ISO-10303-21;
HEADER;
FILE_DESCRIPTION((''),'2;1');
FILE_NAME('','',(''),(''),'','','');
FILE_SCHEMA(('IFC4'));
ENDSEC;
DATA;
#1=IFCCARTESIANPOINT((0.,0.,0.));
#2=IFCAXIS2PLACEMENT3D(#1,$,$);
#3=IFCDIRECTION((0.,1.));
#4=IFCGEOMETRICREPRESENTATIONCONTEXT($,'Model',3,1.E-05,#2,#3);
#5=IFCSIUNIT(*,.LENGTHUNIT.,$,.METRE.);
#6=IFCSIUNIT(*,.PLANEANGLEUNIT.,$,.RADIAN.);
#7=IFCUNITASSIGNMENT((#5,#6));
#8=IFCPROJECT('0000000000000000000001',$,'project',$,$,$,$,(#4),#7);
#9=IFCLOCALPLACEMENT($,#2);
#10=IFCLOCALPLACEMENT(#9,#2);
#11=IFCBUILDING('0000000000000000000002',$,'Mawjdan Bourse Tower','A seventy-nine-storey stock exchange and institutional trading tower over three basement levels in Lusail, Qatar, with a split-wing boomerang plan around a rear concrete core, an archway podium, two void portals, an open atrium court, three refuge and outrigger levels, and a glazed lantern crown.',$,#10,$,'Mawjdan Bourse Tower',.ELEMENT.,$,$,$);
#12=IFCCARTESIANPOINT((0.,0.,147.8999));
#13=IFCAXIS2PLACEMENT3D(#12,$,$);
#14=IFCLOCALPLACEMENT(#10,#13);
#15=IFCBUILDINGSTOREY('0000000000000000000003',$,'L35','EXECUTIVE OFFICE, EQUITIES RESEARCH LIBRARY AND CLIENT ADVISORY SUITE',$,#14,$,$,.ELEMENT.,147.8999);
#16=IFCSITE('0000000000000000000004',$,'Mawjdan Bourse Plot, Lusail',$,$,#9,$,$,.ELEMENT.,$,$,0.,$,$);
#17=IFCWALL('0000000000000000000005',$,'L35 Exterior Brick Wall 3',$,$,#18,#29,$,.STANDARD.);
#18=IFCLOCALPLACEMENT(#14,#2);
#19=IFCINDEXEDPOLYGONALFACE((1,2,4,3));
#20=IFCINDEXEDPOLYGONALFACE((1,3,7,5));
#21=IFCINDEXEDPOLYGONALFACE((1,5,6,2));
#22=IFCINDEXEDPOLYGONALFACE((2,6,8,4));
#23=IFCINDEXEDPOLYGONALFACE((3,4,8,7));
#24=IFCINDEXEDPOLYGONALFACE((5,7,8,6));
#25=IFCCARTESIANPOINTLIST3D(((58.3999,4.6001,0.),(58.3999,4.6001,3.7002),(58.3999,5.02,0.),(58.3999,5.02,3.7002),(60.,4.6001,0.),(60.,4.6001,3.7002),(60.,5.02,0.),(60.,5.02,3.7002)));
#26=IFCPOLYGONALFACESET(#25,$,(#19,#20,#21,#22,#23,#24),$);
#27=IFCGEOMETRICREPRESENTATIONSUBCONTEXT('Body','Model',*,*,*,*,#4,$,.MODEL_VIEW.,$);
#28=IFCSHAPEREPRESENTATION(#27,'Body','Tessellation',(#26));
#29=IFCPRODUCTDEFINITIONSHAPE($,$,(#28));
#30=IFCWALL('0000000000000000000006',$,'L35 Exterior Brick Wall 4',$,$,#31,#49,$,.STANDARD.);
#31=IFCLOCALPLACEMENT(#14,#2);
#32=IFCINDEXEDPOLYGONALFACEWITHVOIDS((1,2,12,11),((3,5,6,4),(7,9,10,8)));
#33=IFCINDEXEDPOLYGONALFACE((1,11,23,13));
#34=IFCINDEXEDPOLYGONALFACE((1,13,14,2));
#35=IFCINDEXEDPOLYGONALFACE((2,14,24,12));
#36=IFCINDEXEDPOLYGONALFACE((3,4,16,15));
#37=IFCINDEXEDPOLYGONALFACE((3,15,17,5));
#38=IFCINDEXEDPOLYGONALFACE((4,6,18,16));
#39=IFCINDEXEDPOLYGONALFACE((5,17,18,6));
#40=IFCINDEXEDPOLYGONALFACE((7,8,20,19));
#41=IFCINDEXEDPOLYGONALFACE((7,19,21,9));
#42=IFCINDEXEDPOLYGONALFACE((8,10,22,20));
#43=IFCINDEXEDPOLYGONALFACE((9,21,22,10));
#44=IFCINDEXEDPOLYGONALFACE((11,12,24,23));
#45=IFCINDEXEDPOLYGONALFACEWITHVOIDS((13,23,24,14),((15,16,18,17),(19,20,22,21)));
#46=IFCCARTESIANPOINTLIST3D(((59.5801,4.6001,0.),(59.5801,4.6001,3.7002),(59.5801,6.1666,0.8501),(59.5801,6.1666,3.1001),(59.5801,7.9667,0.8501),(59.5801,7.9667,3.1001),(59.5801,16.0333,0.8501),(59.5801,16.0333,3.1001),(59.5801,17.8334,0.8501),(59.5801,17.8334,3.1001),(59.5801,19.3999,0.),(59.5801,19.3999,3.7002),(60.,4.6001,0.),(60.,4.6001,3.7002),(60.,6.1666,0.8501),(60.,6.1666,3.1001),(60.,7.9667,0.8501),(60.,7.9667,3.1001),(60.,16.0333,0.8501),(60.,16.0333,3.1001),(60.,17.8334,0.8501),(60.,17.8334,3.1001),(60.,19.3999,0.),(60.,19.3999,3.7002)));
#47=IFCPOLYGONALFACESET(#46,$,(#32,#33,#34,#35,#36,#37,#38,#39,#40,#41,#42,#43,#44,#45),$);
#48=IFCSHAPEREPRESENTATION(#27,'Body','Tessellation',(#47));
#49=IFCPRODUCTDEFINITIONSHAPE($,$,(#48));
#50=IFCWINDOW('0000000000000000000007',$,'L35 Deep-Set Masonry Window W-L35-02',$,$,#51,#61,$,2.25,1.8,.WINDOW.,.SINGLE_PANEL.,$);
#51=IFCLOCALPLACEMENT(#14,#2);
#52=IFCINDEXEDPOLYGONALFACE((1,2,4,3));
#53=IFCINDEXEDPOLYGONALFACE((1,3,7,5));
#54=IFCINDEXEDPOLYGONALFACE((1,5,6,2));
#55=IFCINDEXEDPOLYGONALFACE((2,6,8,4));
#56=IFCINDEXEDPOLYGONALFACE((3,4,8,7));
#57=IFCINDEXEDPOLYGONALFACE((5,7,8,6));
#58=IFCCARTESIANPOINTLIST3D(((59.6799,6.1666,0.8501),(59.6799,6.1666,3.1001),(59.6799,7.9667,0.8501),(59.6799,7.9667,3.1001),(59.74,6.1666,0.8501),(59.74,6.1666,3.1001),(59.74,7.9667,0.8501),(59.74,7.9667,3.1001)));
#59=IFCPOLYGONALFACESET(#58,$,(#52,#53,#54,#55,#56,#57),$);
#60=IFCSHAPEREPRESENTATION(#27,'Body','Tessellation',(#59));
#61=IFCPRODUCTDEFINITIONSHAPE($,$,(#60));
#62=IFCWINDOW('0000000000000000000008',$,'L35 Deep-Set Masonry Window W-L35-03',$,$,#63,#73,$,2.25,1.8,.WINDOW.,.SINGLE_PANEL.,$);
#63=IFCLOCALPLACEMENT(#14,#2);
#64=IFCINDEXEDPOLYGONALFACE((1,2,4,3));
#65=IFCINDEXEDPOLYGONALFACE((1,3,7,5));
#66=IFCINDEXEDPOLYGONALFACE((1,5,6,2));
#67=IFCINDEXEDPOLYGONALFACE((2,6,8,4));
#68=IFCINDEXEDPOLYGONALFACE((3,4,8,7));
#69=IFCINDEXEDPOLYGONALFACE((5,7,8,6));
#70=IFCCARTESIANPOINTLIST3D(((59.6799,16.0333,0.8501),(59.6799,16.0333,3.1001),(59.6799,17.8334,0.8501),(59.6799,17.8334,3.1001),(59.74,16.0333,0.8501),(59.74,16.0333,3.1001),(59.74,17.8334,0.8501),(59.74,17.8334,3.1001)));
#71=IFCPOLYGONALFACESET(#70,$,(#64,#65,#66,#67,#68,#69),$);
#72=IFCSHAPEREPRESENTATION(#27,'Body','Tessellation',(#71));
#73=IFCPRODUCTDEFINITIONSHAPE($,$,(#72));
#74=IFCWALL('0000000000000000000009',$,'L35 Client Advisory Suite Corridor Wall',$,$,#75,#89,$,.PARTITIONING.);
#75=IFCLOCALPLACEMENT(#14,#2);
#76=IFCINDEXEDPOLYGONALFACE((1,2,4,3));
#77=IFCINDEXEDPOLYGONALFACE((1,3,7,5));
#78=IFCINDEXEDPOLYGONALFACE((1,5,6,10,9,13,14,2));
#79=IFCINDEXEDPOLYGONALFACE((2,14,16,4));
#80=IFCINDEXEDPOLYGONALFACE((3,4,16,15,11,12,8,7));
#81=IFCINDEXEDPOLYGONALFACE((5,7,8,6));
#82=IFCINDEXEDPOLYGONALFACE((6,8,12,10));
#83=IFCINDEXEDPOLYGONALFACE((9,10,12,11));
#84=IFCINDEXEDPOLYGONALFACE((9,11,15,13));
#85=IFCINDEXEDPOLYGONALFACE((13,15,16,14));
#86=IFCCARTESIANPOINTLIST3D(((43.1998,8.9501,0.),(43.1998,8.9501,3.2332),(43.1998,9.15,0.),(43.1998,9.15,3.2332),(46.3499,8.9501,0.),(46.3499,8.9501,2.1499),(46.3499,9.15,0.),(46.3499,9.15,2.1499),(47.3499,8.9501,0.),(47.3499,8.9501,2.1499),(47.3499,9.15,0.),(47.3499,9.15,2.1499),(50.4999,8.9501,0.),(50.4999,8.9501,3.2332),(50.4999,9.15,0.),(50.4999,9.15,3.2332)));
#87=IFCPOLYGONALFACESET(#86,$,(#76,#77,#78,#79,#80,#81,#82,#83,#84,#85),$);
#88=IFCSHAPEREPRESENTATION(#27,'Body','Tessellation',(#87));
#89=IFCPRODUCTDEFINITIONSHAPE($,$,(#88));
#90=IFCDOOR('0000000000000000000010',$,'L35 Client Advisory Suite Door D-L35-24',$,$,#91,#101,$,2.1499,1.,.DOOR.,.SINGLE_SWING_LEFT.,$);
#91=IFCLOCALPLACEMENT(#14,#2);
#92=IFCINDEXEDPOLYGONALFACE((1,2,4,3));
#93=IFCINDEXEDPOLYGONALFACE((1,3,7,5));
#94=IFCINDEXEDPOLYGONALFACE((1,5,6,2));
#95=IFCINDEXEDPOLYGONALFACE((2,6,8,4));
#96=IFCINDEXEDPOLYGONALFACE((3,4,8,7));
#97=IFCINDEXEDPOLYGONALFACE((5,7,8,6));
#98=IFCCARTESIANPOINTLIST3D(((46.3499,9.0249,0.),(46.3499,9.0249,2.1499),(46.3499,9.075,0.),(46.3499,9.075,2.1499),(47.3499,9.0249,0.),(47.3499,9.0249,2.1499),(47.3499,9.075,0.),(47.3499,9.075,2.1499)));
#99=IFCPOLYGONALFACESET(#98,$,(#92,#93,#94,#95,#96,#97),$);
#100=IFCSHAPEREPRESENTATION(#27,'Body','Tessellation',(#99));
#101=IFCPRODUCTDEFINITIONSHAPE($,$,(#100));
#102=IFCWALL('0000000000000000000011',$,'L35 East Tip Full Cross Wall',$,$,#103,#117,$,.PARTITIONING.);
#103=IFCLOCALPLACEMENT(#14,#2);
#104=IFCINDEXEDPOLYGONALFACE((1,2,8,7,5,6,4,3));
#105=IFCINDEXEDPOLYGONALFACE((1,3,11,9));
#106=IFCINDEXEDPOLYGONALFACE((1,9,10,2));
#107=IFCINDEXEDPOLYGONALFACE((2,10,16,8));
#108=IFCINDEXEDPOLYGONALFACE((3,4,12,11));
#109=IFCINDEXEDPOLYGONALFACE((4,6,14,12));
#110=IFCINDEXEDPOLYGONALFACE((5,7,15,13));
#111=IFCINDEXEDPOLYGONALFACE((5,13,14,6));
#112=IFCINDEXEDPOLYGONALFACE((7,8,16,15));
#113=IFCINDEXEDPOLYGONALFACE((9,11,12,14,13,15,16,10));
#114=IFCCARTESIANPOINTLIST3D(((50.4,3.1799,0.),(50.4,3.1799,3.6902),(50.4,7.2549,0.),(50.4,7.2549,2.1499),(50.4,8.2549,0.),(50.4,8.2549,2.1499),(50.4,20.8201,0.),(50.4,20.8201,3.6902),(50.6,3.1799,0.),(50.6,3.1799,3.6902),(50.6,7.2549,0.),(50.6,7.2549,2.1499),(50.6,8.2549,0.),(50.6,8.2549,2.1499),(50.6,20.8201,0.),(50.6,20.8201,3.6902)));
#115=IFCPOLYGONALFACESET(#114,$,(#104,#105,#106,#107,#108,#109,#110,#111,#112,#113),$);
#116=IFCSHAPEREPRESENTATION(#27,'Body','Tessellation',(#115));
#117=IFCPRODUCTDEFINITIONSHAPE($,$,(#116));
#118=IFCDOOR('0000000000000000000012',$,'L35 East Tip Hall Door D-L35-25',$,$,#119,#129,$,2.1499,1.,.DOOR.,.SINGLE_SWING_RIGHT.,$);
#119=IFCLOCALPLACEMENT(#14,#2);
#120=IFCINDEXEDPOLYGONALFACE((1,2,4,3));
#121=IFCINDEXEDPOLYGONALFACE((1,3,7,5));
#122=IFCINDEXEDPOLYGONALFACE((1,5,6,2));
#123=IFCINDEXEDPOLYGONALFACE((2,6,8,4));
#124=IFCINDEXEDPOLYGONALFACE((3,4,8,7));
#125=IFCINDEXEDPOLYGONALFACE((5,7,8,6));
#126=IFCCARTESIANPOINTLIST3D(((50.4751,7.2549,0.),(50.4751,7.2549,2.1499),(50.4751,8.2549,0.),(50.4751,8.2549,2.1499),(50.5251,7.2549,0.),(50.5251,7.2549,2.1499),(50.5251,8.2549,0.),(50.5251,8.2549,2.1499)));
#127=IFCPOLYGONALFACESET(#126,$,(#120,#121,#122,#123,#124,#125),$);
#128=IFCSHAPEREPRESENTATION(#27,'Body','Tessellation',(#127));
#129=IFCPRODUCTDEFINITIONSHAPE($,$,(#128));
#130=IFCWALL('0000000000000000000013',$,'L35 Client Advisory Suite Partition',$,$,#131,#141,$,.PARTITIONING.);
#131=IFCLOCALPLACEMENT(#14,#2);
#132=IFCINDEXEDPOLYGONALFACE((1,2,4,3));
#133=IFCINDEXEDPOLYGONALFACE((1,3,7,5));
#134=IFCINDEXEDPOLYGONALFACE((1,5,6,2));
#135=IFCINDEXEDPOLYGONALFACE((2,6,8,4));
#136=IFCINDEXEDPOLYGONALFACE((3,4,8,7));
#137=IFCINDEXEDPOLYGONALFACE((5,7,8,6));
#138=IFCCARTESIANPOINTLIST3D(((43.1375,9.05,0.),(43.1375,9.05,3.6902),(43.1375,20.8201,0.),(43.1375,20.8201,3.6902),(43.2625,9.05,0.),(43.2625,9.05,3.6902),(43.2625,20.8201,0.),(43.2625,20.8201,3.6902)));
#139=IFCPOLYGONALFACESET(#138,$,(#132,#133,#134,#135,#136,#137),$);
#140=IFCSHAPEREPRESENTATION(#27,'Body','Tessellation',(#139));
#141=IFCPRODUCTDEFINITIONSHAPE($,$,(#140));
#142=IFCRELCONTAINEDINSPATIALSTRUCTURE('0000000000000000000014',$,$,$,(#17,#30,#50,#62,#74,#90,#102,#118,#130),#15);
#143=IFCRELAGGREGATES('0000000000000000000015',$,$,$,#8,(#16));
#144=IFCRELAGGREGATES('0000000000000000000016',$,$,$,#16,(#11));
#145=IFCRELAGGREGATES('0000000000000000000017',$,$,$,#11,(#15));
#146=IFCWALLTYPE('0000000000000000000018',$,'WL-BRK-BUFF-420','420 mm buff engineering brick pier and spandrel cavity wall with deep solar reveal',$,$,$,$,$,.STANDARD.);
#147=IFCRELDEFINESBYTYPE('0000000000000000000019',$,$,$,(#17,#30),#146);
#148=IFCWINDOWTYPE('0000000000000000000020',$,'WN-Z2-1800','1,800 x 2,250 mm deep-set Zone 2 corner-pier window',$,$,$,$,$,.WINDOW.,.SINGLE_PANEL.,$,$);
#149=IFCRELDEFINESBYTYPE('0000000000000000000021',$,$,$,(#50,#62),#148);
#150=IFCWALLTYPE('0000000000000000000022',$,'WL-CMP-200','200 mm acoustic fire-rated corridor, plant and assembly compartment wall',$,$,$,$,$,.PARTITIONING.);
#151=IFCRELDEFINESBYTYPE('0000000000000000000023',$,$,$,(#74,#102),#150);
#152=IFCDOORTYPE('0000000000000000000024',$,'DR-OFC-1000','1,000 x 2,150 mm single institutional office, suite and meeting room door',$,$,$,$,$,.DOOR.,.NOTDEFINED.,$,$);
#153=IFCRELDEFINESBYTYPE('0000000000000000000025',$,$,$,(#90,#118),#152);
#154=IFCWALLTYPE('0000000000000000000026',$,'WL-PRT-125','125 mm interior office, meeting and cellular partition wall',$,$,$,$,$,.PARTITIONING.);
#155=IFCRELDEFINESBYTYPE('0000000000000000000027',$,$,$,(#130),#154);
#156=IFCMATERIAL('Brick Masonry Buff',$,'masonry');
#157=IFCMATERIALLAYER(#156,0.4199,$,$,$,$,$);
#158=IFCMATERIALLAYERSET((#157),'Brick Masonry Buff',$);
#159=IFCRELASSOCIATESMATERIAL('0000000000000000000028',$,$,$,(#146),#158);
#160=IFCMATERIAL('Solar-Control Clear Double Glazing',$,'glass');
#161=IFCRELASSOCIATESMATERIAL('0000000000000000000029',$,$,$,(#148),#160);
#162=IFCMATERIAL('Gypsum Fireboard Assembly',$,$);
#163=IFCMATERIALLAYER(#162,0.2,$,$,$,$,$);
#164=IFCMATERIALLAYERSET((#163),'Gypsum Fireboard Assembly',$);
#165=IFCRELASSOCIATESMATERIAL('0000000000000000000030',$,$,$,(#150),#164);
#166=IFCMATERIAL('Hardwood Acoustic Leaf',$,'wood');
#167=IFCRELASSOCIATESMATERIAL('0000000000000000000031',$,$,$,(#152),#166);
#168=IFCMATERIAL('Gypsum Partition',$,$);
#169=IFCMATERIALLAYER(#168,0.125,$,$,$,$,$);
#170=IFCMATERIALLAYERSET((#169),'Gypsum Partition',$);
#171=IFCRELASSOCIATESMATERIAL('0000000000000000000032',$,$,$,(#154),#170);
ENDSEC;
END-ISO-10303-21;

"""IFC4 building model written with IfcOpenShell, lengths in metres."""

from ifc_helpers import new_model, si_unit, direction, frame, frame_2d, origin, place, context, subcontext, project, spatial, rectangle, extrude, material, layer, layer_set, type_object, element, fill, save


model = new_model("IFC4")

# Units and contexts
model_context = context("Model", 3, precision=1e-05, world=origin(), true_north=direction((0.0, 1.0)))
body_context = subcontext(model_context, "Body", "Model", "MODEL_VIEW")
ifc_project = project(units=[si_unit("LENGTHUNIT", "METRE"), si_unit("PLANEANGLEUNIT", "RADIAN")], contexts=[model_context])

# Site, building, storey
site_placement = place(None, origin())
site = spatial("IfcSite", under=ifc_project, at=site_placement, Name="Mawjdan Bourse Plot, Lusail", CompositionType="ELEMENT", RefElevation=0.0)
building_placement = place(site_placement, origin())
building = spatial("IfcBuilding", under=site, at=building_placement, Name="Mawjdan Bourse Tower", Description="A seventy-nine-storey stock exchange and institutional trading tower over three basement levels in Lusail, Qatar, with a split-wing boomerang plan around a rear concrete core, an archway podium, two void portals, an open atrium court, three refuge and outrigger levels, and a glazed lantern crown.", LongName="Mawjdan Bourse Tower", CompositionType="ELEMENT")
storey_placement = place(building_placement, frame((0.0, 0.0, 147.8999)))
storey = spatial("IfcBuildingStorey", under=building, at=storey_placement, Name="L35", Description="EXECUTIVE OFFICE, EQUITIES RESEARCH LIBRARY AND CLIENT ADVISORY SUITE", CompositionType="ELEMENT", Elevation=147.8999)

# Wall
ifc_material_1 = material(Name="Brick Masonry Buff", Category="masonry")
ifc_layer_1 = layer(ifc_material_1, 0.4199)
ifc_layer_set_1 = layer_set([ifc_layer_1], Name="Brick Masonry Buff")
wall_type_1 = type_object("IfcWallType", Name="WL-BRK-BUFF-420", Description="420 mm buff engineering brick pier and spandrel cavity wall with deep solar reveal", PredefinedType="STANDARD", material=ifc_layer_set_1)
for number, where, z_axis, x_axis, name in (
    (1, (58.3999, 4.8101, 0.0), (0.0, 0.0, 1.0), (1.0, 0.0, 0.0), "L35 Exterior Brick Wall 3"),
):
    element("IfcWall", number, at=place(storey_placement, frame(where, z_axis=z_axis, x_axis=x_axis)), inside=storey, type_object=wall_type_1, Name=name, PredefinedType="STANDARD", context=body_context, shape_type="SweptSolid", body=[
        extrude(rectangle(XDim=1.6001, YDim=0.4199, at=frame_2d((0.8, 0.0))), origin(), (0.0, 0.0, 1.0), 3.7002),
    ])

# Wall, openings, windows
wall_1_placement = place(storey_placement, frame((59.79, 4.6001, 0.0), z_axis=(0.0, 0.0, 1.0), x_axis=(0.0, 1.0, 0.0)))
wall_1 = element("IfcWall", 2, at=wall_1_placement, inside=storey, type_object=wall_type_1, Name="L35 Exterior Brick Wall 4", PredefinedType="STANDARD", context=body_context, shape_type="SweptSolid", body=[
    extrude(rectangle(XDim=14.7998, YDim=0.4199, at=frame_2d((7.3999, 0.0))), origin(), (0.0, 0.0, 1.0), 3.7002),
])
opening_1_placement = place(wall_1_placement, frame((1.5667, 0.0, 0.8501)))
opening_1 = element("IfcOpeningElement", 3, at=opening_1_placement, cuts=wall_1, PredefinedType="OPENING", context=body_context, shape_type="SweptSolid", body=[
    extrude(rectangle(XDim=1.8, YDim=2.25, at=frame_2d((0.8999, 1.125))), frame((0.0, 0.22, 0.0), z_axis=(0.0, -1.0, 0.0), x_axis=(1.0, 0.0, 0.0)), (0.0, 0.0, 1.0), 0.4399),
])
opening_2_placement = place(wall_1_placement, frame((11.4333, 0.0, 0.8501)))
opening_2 = element("IfcOpeningElement", 4, at=opening_2_placement, cuts=wall_1, PredefinedType="OPENING", context=body_context, shape_type="SweptSolid", body=[
    extrude(rectangle(XDim=1.8, YDim=2.25, at=frame_2d((0.8999, 1.125))), frame((0.0, 0.22, 0.0), z_axis=(0.0, -1.0, 0.0), x_axis=(1.0, 0.0, 0.0)), (0.0, 0.0, 1.0), 0.4399),
])
ifc_material_2 = material(Name="Solar-Control Clear Double Glazing", Category="glass")
window_type = type_object("IfcWindowType", Name="WN-Z2-1800", Description="1,800 x 2,250 mm deep-set Zone 2 corner-pier window", PartitioningType="SINGLE_PANEL", PredefinedType="WINDOW", material=ifc_material_2)
window_1_placement = place(opening_1_placement, origin())
window_1 = element("IfcWindow", 5, at=window_1_placement, inside=storey, type_object=window_type, Name="L35 Deep-Set Masonry Window W-L35-02", OverallHeight=2.25, OverallWidth=1.8, PartitioningType="SINGLE_PANEL", PredefinedType="WINDOW", context=body_context, shape_type="SweptSolid", body=[
    extrude(rectangle(XDim=1.8, YDim=2.25, at=frame_2d((0.8999, 1.125))), frame((0.0, 0.1101, 0.0), z_axis=(0.0, -1.0, 0.0), x_axis=(1.0, 0.0, 0.0)), (0.0, 0.0, 1.0), 0.0601),
])
fill(opening_1, window_1)
window_2_placement = place(opening_2_placement, origin())
window_2 = element("IfcWindow", 6, at=window_2_placement, inside=storey, type_object=window_type, Name="L35 Deep-Set Masonry Window W-L35-03", OverallHeight=2.25, OverallWidth=1.8, PartitioningType="SINGLE_PANEL", PredefinedType="WINDOW", context=body_context, shape_type="SweptSolid", body=[
    extrude(rectangle(XDim=1.8, YDim=2.25, at=frame_2d((0.8999, 1.125))), frame((0.0, 0.1101, 0.0), z_axis=(0.0, -1.0, 0.0), x_axis=(1.0, 0.0, 0.0)), (0.0, 0.0, 1.0), 0.0601),
])
fill(opening_2, window_2)

# Walls, openings, doors
ifc_material_3 = material(Name="Gypsum Fireboard Assembly")
ifc_layer_2 = layer(ifc_material_3, 0.2)
ifc_layer_set_2 = layer_set([ifc_layer_2], Name="Gypsum Fireboard Assembly")
wall_type_2 = type_object("IfcWallType", Name="WL-CMP-200", Description="200 mm acoustic fire-rated corridor, plant and assembly compartment wall", PredefinedType="PARTITIONING", material=ifc_layer_set_2)
wall_2_placement = place(storey_placement, frame((43.2, 9.05, 0.0), z_axis=(0.0, 0.0, 1.0), x_axis=(1.0, 0.0, 0.0)))
wall_2 = element("IfcWall", 7, at=wall_2_placement, inside=storey, type_object=wall_type_2, Name="L35 Client Advisory Suite Corridor Wall", PredefinedType="PARTITIONING", context=body_context, shape_type="SweptSolid", body=[
    extrude(rectangle(XDim=7.3, YDim=0.2, at=frame_2d((3.6499, 0.0))), origin(), (0.0, 0.0, 1.0), 3.2332),
])
opening_3_placement = place(wall_2_placement, frame((3.1499, 0.0, 0.0)))
opening_3 = element("IfcOpeningElement", 8, at=opening_3_placement, cuts=wall_2, PredefinedType="OPENING", context=body_context, shape_type="SweptSolid", body=[
    extrude(rectangle(XDim=1.0, YDim=2.1499, at=frame_2d((0.5, 1.075))), frame((0.0, 0.1099, 0.0), z_axis=(0.0, -1.0, 0.0), x_axis=(1.0, 0.0, 0.0)), (0.0, 0.0, 1.0), 0.22),
])
ifc_material_4 = material(Name="Hardwood Acoustic Leaf", Category="wood")
door_type = type_object("IfcDoorType", Name="DR-OFC-1000", Description="1,000 x 2,150 mm single institutional office, suite and meeting room door", OperationType="NOTDEFINED", PredefinedType="DOOR", material=ifc_material_4)
door_1_placement = place(opening_3_placement, origin())
door_1 = element("IfcDoor", 9, at=door_1_placement, inside=storey, type_object=door_type, Name="L35 Client Advisory Suite Door D-L35-24", OperationType="SINGLE_SWING_LEFT", OverallHeight=2.1499, OverallWidth=1.0, PredefinedType="DOOR", context=body_context, shape_type="SweptSolid", body=[
    extrude(rectangle(XDim=1.0, YDim=2.1499, at=frame_2d((0.5, 1.075))), frame((0.0, 0.0249, 0.0), z_axis=(0.0, -1.0, 0.0), x_axis=(1.0, 0.0, 0.0)), (0.0, 0.0, 1.0), 0.05),
])
fill(opening_3, door_1)
wall_3_placement = place(storey_placement, frame((50.5, 3.1799, 0.0), z_axis=(0.0, 0.0, 1.0), x_axis=(0.0, 1.0, 0.0)))
wall_3 = element("IfcWall", 10, at=wall_3_placement, inside=storey, type_object=wall_type_2, Name="L35 East Tip Full Cross Wall", PredefinedType="PARTITIONING", context=body_context, shape_type="SweptSolid", body=[
    extrude(rectangle(XDim=17.6401, YDim=0.2, at=frame_2d((8.8201, 0.0))), origin(), (0.0, 0.0, 1.0), 3.6902),
])
opening_4_placement = place(wall_3_placement, frame((4.075, 0.0, 0.0)))
opening_4 = element("IfcOpeningElement", 11, at=opening_4_placement, cuts=wall_3, PredefinedType="OPENING", context=body_context, shape_type="SweptSolid", body=[
    extrude(rectangle(XDim=1.0, YDim=2.1499, at=frame_2d((0.5, 1.075))), frame((0.0, 0.1099, 0.0), z_axis=(0.0, -1.0, 0.0), x_axis=(1.0, 0.0, 0.0)), (0.0, 0.0, 1.0), 0.22),
])
door_2_placement = place(opening_4_placement, origin())
door_2 = element("IfcDoor", 12, at=door_2_placement, inside=storey, type_object=door_type, Name="L35 East Tip Hall Door D-L35-25", OperationType="SINGLE_SWING_RIGHT", OverallHeight=2.1499, OverallWidth=1.0, PredefinedType="DOOR", context=body_context, shape_type="SweptSolid", body=[
    extrude(rectangle(XDim=1.0, YDim=2.1499, at=frame_2d((0.5, 1.075))), frame((0.0, 0.0249, 0.0), z_axis=(0.0, -1.0, 0.0), x_axis=(1.0, 0.0, 0.0)), (0.0, 0.0, 1.0), 0.05),
])
fill(opening_4, door_2)

# Wall
ifc_material_5 = material(Name="Gypsum Partition")
ifc_layer_3 = layer(ifc_material_5, 0.125)
ifc_layer_set_3 = layer_set([ifc_layer_3], Name="Gypsum Partition")
wall_type_3 = type_object("IfcWallType", Name="WL-PRT-125", Description="125 mm interior office, meeting and cellular partition wall", PredefinedType="PARTITIONING", material=ifc_layer_set_3)
wall_4_placement = place(storey_placement, frame((43.2, 9.05, 0.0), z_axis=(0.0, 0.0, 1.0), x_axis=(0.0, 1.0, 0.0)))
element("IfcWall", 13, at=wall_4_placement, inside=storey, type_object=wall_type_3, Name="L35 Client Advisory Suite Partition", PredefinedType="PARTITIONING", context=body_context, shape_type="SweptSolid", body=[
    extrude(rectangle(XDim=11.77, YDim=0.125, at=frame_2d((5.885, 0.0))), origin(), (0.0, 0.0, 1.0), 3.6902),
])

save(model, "model.ifc")
